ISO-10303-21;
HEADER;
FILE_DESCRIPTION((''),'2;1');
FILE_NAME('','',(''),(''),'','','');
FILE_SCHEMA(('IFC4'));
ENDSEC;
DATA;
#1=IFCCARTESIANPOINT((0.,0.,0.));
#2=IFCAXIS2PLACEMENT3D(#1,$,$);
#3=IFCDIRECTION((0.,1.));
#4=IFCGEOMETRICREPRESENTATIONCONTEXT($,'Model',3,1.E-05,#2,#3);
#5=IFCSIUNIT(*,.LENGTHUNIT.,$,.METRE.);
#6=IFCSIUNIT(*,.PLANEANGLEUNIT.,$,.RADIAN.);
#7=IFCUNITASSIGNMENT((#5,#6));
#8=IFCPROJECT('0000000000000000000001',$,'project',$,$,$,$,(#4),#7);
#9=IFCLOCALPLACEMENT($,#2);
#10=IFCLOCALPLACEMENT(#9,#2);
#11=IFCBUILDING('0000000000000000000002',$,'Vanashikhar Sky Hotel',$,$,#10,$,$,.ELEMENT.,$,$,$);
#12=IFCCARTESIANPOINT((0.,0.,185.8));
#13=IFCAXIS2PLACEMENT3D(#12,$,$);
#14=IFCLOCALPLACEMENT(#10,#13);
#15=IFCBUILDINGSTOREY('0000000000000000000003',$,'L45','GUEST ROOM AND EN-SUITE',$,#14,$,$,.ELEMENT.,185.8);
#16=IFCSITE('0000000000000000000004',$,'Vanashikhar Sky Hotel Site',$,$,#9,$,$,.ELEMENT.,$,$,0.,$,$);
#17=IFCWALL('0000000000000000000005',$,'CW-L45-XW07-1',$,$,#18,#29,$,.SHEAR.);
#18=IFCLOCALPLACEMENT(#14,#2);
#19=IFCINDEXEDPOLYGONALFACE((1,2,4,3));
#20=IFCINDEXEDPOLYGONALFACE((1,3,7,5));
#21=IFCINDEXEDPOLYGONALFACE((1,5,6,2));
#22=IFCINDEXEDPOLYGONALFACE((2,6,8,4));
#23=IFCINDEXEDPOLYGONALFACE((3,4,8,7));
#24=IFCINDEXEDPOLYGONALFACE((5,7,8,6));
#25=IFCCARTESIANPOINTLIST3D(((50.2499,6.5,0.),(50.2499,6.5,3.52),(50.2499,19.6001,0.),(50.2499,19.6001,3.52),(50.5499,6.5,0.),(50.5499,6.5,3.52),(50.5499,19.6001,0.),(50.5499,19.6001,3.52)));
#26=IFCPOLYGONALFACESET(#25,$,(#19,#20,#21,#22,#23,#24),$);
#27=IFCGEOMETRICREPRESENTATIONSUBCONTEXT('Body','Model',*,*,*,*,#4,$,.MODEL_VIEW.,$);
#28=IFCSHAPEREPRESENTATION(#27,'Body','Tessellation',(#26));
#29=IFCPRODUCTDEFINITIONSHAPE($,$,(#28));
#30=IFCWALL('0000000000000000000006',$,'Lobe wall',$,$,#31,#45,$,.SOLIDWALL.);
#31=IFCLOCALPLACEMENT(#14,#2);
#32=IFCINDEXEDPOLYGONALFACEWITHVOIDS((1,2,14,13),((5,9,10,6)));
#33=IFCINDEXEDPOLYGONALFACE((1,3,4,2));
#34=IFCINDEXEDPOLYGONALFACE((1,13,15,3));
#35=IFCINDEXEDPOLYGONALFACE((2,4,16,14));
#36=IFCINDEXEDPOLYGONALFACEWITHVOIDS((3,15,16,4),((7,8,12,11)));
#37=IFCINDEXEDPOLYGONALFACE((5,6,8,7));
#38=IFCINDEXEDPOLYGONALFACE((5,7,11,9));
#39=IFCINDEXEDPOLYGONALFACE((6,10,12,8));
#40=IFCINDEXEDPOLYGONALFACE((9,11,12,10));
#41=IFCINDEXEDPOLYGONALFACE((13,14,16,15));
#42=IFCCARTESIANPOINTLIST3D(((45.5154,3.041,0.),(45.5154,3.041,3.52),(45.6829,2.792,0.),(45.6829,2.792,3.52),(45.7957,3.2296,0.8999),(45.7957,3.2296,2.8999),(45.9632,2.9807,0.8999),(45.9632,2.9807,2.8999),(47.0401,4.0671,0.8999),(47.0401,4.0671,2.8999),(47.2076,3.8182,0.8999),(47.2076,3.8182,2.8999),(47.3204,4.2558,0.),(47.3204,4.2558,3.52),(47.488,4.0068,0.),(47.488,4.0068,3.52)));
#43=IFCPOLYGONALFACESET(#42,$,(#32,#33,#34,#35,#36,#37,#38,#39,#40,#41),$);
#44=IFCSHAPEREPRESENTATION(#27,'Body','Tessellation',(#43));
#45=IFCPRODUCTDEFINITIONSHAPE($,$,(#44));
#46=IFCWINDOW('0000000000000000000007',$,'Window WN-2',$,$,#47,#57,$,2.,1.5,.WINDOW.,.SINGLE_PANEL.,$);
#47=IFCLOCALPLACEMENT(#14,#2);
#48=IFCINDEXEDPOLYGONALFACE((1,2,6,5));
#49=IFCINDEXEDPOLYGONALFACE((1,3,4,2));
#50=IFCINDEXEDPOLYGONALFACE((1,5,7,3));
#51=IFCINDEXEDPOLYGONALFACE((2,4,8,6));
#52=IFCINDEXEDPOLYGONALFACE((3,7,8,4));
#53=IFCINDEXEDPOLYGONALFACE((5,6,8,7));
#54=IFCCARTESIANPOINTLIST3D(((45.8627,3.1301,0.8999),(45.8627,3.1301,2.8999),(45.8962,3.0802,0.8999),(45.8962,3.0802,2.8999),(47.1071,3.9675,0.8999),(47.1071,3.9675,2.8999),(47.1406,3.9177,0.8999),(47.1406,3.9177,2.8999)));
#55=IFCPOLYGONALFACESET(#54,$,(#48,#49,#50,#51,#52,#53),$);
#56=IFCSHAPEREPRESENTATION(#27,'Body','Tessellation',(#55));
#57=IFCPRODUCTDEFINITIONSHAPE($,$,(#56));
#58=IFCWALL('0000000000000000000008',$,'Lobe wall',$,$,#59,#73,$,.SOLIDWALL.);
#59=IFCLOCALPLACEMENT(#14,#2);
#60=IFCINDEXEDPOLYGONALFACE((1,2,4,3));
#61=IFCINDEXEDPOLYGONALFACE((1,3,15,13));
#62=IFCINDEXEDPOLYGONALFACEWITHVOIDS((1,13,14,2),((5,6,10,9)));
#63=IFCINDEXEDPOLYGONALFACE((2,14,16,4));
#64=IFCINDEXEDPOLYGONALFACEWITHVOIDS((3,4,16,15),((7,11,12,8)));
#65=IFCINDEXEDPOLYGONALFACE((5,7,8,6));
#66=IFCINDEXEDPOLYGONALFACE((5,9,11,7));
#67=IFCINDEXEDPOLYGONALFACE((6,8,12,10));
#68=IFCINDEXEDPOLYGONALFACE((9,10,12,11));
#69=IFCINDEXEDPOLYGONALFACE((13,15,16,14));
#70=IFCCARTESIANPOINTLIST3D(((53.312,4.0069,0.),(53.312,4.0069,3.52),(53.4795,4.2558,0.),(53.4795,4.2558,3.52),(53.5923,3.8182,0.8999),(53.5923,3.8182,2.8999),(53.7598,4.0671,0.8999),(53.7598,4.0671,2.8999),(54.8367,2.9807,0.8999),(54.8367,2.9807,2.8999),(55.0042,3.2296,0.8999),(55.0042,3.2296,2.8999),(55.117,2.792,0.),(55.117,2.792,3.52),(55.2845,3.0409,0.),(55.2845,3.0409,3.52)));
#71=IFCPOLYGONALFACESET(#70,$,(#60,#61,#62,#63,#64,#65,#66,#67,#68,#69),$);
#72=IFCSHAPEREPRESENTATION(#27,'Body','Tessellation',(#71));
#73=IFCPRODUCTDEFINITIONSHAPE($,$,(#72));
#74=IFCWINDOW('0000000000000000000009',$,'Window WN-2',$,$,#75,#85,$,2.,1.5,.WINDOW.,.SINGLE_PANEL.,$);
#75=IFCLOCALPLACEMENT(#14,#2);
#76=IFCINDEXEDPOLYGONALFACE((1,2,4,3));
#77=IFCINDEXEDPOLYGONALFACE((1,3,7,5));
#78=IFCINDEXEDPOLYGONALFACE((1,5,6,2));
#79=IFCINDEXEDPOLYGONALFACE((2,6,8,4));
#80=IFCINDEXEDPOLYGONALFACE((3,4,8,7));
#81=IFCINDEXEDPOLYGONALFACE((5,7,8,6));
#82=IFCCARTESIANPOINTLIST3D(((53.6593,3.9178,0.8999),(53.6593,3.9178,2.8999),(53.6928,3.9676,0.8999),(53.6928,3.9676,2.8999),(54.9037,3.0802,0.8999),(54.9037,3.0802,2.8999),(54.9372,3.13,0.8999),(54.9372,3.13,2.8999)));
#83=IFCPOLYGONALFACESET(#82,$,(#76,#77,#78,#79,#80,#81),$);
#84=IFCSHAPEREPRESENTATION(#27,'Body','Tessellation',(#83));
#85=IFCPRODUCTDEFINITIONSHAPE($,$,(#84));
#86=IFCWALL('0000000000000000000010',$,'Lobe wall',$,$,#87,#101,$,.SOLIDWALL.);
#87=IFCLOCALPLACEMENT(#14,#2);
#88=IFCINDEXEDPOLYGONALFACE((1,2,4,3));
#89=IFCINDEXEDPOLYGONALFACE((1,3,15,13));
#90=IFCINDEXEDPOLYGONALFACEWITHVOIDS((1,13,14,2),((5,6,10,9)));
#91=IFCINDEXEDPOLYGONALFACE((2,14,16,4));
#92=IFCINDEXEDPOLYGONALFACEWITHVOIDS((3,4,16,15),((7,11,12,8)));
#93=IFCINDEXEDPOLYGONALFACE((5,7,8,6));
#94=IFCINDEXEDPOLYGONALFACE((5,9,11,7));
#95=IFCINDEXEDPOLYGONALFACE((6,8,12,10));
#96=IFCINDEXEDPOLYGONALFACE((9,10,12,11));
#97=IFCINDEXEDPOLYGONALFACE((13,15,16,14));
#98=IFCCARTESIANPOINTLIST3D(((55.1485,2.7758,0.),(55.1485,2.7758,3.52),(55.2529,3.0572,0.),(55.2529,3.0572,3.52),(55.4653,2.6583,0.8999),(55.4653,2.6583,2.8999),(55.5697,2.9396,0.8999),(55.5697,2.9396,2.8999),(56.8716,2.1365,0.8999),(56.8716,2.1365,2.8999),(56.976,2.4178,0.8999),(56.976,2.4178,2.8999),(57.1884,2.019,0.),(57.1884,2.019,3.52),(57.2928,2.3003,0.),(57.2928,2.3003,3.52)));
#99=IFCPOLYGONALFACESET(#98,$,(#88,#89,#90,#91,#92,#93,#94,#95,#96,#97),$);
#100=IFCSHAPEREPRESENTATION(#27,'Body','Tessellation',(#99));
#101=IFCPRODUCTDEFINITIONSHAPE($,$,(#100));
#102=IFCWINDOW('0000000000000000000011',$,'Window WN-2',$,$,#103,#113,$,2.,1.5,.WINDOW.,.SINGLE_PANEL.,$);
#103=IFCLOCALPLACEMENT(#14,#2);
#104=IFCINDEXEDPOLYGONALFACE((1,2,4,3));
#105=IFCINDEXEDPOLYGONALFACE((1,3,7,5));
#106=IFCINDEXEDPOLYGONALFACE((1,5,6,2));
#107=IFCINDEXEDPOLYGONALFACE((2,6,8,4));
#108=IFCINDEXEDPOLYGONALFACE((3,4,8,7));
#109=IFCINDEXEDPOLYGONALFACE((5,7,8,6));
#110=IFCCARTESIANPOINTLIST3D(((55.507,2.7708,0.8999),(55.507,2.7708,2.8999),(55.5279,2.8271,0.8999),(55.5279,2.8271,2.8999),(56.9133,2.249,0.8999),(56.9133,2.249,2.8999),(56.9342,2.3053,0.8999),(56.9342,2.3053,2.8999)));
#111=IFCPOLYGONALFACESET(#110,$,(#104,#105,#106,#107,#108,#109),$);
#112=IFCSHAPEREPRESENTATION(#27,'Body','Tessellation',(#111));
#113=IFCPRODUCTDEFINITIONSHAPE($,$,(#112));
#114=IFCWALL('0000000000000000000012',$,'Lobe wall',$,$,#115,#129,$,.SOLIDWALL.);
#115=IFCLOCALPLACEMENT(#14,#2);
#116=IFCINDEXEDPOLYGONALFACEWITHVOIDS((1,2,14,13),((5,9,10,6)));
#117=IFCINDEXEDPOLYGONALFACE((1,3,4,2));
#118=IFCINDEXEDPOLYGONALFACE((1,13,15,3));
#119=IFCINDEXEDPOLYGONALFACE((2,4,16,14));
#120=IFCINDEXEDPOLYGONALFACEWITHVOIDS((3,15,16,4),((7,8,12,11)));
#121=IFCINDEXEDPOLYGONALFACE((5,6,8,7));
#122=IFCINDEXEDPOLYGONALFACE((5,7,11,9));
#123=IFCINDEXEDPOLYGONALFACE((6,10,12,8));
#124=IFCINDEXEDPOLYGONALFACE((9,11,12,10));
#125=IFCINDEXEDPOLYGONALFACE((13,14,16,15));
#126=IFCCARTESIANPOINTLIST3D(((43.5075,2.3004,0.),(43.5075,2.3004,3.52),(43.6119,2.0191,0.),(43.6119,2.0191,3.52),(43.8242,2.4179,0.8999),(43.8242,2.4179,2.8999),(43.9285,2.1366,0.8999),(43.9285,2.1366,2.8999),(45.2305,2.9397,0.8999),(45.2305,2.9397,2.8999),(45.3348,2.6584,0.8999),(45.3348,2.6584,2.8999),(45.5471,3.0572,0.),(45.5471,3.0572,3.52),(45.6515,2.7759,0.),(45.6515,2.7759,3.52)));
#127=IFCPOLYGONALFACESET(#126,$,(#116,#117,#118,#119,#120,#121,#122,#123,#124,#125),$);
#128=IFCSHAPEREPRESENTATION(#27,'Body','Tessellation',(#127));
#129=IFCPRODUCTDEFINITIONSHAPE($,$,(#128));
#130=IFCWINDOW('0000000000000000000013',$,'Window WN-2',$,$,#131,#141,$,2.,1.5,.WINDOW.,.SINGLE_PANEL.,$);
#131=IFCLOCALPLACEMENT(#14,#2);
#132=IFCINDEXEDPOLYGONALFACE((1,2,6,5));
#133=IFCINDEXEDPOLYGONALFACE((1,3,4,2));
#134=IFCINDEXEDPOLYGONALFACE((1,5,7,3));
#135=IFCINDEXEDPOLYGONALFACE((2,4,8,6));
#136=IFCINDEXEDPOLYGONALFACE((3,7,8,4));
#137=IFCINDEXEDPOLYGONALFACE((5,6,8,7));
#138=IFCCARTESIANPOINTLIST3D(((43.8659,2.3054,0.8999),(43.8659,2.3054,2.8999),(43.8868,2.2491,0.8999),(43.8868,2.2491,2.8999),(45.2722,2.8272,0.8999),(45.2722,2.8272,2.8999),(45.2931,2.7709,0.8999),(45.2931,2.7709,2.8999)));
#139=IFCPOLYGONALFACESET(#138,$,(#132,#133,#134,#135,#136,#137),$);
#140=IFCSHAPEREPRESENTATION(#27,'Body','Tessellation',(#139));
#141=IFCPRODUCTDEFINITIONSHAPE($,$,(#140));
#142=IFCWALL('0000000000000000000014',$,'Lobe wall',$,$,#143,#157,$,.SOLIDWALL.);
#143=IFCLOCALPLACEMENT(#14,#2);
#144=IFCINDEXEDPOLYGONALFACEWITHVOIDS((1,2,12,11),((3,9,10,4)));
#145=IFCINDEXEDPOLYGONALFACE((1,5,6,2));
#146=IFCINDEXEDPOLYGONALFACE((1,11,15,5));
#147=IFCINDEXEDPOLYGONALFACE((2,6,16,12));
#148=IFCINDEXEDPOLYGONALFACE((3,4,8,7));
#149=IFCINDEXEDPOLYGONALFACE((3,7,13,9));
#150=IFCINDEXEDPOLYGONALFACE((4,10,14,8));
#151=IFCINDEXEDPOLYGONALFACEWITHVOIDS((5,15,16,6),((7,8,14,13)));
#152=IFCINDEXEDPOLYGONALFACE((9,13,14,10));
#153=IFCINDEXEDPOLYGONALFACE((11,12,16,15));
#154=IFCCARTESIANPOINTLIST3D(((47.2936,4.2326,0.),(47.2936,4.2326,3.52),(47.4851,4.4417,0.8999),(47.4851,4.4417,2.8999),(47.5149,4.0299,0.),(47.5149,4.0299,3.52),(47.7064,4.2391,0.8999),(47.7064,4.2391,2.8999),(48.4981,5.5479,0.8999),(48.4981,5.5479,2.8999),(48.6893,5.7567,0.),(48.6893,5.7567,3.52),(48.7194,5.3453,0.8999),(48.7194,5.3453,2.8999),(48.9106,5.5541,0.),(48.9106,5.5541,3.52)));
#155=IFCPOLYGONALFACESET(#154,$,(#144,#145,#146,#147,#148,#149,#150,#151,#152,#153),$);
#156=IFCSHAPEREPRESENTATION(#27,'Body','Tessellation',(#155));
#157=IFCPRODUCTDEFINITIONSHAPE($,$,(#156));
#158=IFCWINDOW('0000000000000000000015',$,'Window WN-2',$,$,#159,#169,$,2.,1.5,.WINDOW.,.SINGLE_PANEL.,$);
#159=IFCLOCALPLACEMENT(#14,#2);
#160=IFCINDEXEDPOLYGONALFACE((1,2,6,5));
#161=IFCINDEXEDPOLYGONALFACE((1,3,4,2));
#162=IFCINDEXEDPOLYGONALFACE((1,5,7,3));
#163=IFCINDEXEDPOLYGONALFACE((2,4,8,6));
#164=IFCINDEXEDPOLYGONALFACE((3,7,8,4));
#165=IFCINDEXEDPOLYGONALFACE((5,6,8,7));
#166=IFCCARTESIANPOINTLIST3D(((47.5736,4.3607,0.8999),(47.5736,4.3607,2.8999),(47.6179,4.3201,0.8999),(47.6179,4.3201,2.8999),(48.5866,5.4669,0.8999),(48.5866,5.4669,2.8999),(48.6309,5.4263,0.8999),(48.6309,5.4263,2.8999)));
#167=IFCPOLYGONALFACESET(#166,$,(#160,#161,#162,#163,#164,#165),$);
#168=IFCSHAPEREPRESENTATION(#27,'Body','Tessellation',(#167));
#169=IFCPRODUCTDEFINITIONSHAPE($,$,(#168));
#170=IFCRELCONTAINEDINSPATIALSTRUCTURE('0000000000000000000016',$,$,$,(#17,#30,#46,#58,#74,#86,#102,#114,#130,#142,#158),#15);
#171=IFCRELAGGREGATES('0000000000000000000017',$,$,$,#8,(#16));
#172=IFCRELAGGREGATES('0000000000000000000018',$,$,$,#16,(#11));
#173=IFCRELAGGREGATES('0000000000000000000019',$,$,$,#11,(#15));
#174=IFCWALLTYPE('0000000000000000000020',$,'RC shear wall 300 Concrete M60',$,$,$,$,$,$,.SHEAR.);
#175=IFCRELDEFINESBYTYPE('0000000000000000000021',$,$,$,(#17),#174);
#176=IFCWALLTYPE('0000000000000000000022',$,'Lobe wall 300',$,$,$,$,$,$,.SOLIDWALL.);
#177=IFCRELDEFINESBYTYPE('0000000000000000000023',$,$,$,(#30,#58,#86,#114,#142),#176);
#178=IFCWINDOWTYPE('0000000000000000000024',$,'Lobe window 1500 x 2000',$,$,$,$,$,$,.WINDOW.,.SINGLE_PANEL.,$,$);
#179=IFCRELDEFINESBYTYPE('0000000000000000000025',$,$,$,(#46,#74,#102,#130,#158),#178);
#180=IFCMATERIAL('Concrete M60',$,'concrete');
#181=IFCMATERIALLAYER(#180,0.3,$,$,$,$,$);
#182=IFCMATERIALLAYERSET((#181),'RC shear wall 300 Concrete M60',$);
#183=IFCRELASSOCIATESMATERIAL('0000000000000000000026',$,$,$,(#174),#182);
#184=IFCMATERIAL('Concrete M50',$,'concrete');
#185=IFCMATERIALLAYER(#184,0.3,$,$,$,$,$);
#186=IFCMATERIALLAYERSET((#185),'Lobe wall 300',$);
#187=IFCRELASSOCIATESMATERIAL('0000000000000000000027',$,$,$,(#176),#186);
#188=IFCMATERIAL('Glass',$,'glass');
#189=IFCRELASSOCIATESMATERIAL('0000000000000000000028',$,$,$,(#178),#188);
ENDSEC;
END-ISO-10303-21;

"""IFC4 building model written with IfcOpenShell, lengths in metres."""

from ifc_helpers import new_model, si_unit, direction, frame, frame_2d, origin, place, context, subcontext, project, spatial, rectangle, extrude, source, transform, mapped, material, layer, layer_set, type_object, element, fill, save


model = new_model("IFC4")

# Units and contexts
model_context = context("Model", 3, precision=1e-05, world=origin(), true_north=direction((0.0, 1.0)))
body_context = subcontext(model_context, "Body", "Model", "MODEL_VIEW")
ifc_project = project(units=[si_unit("LENGTHUNIT", "METRE"), si_unit("PLANEANGLEUNIT", "RADIAN")], contexts=[model_context])

# Site, building, storey
site_placement = place(None, origin())
site = spatial("IfcSite", under=ifc_project, at=site_placement, Name="Vanashikhar Sky Hotel Site", CompositionType="ELEMENT", RefElevation=0.0)
building_placement = place(site_placement, origin())
building = spatial("IfcBuilding", under=site, at=building_placement, Name="Vanashikhar Sky Hotel", CompositionType="ELEMENT")
storey_placement = place(building_placement, frame((0.0, 0.0, 185.8)))
storey = spatial("IfcBuildingStorey", under=building, at=storey_placement, Name="L45", Description="GUEST ROOM AND EN-SUITE", CompositionType="ELEMENT", Elevation=185.8)

# Wall
ifc_material_1 = material(Name="Concrete M60", Category="concrete")
ifc_layer_1 = layer(ifc_material_1, 0.3)
ifc_layer_set_1 = layer_set([ifc_layer_1], Name="RC shear wall 300 Concrete M60")
wall_type_1 = type_object("IfcWallType", Name="RC shear wall 300 Concrete M60", PredefinedType="SHEAR", material=ifc_layer_set_1)
shared_shape_1 = source(origin(), body_context, "Body", "SweptSolid", [
    extrude(rectangle(XDim=13.1001, YDim=0.3, at=frame_2d((6.55, 0.0))), origin(), (0.0, 0.0, 1.0), 3.52),
])
wall_1_placement = place(storey_placement, frame((50.3999, 6.5, 0.0), z_axis=(0.0, 0.0, 1.0), x_axis=(0.0, 1.0, 0.0)))
element("IfcWall", 1, at=wall_1_placement, inside=storey, type_object=wall_type_1, Name="CW-L45-XW07-1", PredefinedType="SHEAR", context=body_context, shape_type="MappedRepresentation", body=[
    mapped(shared_shape_1, transform((0.0, 0.0, 0.0), scale=1.0)),
])

# Walls, openings, windows
ifc_material_2 = material(Name="Concrete M50", Category="concrete")
ifc_layer_2 = layer(ifc_material_2, 0.3)
ifc_layer_set_2 = layer_set([ifc_layer_2], Name="Lobe wall 300")
wall_type_2 = type_object("IfcWallType", Name="Lobe wall 300", PredefinedType="SOLIDWALL", material=ifc_layer_set_2)
shared_shape_2 = source(origin(), body_context, "Body", "SweptSolid", [
    extrude(rectangle(XDim=2.1758, YDim=0.3, at=frame_2d((1.0879, 0.0))), origin(), (0.0, 0.0, 1.0), 3.52),
])
wall_2_placement = place(storey_placement, frame((45.5991, 2.9165, 0.0), z_axis=(0.0, 0.0, 1.0), x_axis=(0.829626, 0.55832, 0.0)))
wall_2 = element("IfcWall", 2, at=wall_2_placement, inside=storey, type_object=wall_type_2, Name="Lobe wall", PredefinedType="SOLIDWALL", context=body_context, shape_type="MappedRepresentation", body=[
    mapped(shared_shape_2, transform((0.0, 0.0, 0.0), scale=1.0)),
])
shared_shape_3 = source(origin(), body_context, "Body", "SweptSolid", [
    extrude(rectangle(XDim=1.5, YDim=2.0, at=frame_2d((0.75, 1.0))), frame((0.0, 0.1602, 0.0), z_axis=(0.0, -1.0, 0.0), x_axis=(1.0, 0.0, 0.0)), (0.0, 0.0, 1.0), 0.3201),
])
opening_1_placement = place(wall_2_placement, frame((0.3379, 0.0, 0.8999)))
opening_1 = element("IfcOpeningElement", 3, at=opening_1_placement, cuts=wall_2, PredefinedType="OPENING", context=body_context, shape_type="MappedRepresentation", body=[
    mapped(shared_shape_3, transform((0.0, 0.0, 0.0), scale=1.0)),
])
ifc_material_3 = material(Name="Glass", Category="glass")
window_type = type_object("IfcWindowType", Name="Lobe window 1500 x 2000", PartitioningType="SINGLE_PANEL", PredefinedType="WINDOW", material=ifc_material_3)
shared_shape_4 = source(origin(), body_context, "Body", "SweptSolid", [
    extrude(rectangle(XDim=1.5, YDim=2.0, at=frame_2d((0.75, 1.0))), frame((0.0, 0.03, 0.0), z_axis=(0.0, -1.0, 0.0), x_axis=(1.0, 0.0, 0.0)), (0.0, 0.0, 1.0), 0.0601),
])
window_1_placement = place(opening_1_placement, origin())
window_1 = element("IfcWindow", 4, at=window_1_placement, inside=storey, type_object=window_type, Name="Window WN-2", OverallHeight=2.0, OverallWidth=1.5, PartitioningType="SINGLE_PANEL", PredefinedType="WINDOW", context=body_context, shape_type="MappedRepresentation", body=[
    mapped(shared_shape_4, transform((0.0, 0.0, 0.0), scale=1.0)),
])
fill(opening_1, window_1)
wall_3_placement = place(storey_placement, frame((53.3958, 4.1313, 0.0), z_axis=(0.0, 0.0, 1.0), x_axis=(0.829591, -0.558372, 0.0)))
wall_3 = element("IfcWall", 5, at=wall_3_placement, inside=storey, type_object=wall_type_2, Name="Lobe wall", PredefinedType="SOLIDWALL", context=body_context, shape_type="MappedRepresentation", body=[
    mapped(shared_shape_2, transform((0.0, 0.0, 0.0), scale=1.0)),
])
opening_2_placement = place(wall_3_placement, frame((0.3379, 0.0, 0.8999)))
opening_2 = element("IfcOpeningElement", 6, at=opening_2_placement, cuts=wall_3, PredefinedType="OPENING", context=body_context, shape_type="MappedRepresentation", body=[
    mapped(shared_shape_3, transform((0.0, 0.0, 0.0), scale=1.0)),
])
window_2_placement = place(opening_2_placement, origin())
window_2 = element("IfcWindow", 7, at=window_2_placement, inside=storey, type_object=window_type, Name="Window WN-2", OverallHeight=2.0, OverallWidth=1.5, PartitioningType="SINGLE_PANEL", PredefinedType="WINDOW", context=body_context, shape_type="MappedRepresentation", body=[
    mapped(shared_shape_4, transform((0.0, 0.0, 0.0), scale=1.0)),
])
fill(opening_2, window_2)
wall_4_placement = place(storey_placement, frame((55.2007, 2.9165, 0.0), z_axis=(0.0, 0.0, 1.0), x_axis=(0.937546, -0.347863, 0.0)))
wall_4 = element("IfcWall", 8, at=wall_4_placement, inside=storey, type_object=wall_type_2, Name="Lobe wall", PredefinedType="SOLIDWALL", context=body_context, shape_type="MappedRepresentation", body=[
    mapped(shared_shape_2, transform((0.0, 0.0, 0.0), scale=1.0)),
])
opening_3_placement = place(wall_4_placement, frame((0.3379, 0.0, 0.8999)))
opening_3 = element("IfcOpeningElement", 9, at=opening_3_placement, cuts=wall_4, PredefinedType="OPENING", context=body_context, shape_type="MappedRepresentation", body=[
    mapped(shared_shape_3, transform((0.0, 0.0, 0.0), scale=1.0)),
])
window_3_placement = place(opening_3_placement, origin())
window_3 = element("IfcWindow", 10, at=window_3_placement, inside=storey, type_object=window_type, Name="Window WN-2", OverallHeight=2.0, OverallWidth=1.5, PartitioningType="SINGLE_PANEL", PredefinedType="WINDOW", context=body_context, shape_type="MappedRepresentation", body=[
    mapped(shared_shape_4, transform((0.0, 0.0, 0.0), scale=1.0)),
])
fill(opening_3, window_3)
shared_shape_5 = source(origin(), body_context, "Body", "SweptSolid", [
    extrude(rectangle(XDim=2.1755, YDim=0.3, at=frame_2d((1.0879, 0.0))), origin(), (0.0, 0.0, 1.0), 3.52),
])
wall_5_placement = place(storey_placement, frame((43.5596, 2.1597, 0.0), z_axis=(0.0, 0.0, 1.0), x_axis=(0.937532, 0.347899, 0.0)))
wall_5 = element("IfcWall", 11, at=wall_5_placement, inside=storey, type_object=wall_type_2, Name="Lobe wall", PredefinedType="SOLIDWALL", context=body_context, shape_type="MappedRepresentation", body=[
    mapped(shared_shape_5, transform((0.0, 0.0, 0.0), scale=1.0)),
])
opening_4_placement = place(wall_5_placement, frame((0.3379, 0.0, 0.8999)))
opening_4 = element("IfcOpeningElement", 12, at=opening_4_placement, cuts=wall_5, PredefinedType="OPENING", context=body_context, shape_type="MappedRepresentation", body=[
    mapped(shared_shape_3, transform((0.0, 0.0, 0.0), scale=1.0)),
])
window_4_placement = place(opening_4_placement, origin())
window_4 = element("IfcWindow", 13, at=window_4_placement, inside=storey, type_object=window_type, Name="Window WN-2", OverallHeight=2.0, OverallWidth=1.5, PartitioningType="SINGLE_PANEL", PredefinedType="WINDOW", context=body_context, shape_type="MappedRepresentation", body=[
    mapped(shared_shape_4, transform((0.0, 0.0, 0.0), scale=1.0)),
])
fill(opening_4, window_4)
shared_shape_6 = source(origin(), body_context, "Body", "SweptSolid", [
    extrude(rectangle(XDim=2.0667, YDim=0.3, at=frame_2d((1.0332, 0.0))), origin(), (0.0, 0.0, 1.0), 3.52),
])
wall_6_placement = place(storey_placement, frame((47.4043, 4.1313, 0.0), z_axis=(0.0, 0.0, 1.0), x_axis=(0.675355, 0.737492, 0.0)))
wall_6 = element("IfcWall", 14, at=wall_6_placement, inside=storey, type_object=wall_type_2, Name="Lobe wall", PredefinedType="SOLIDWALL", context=body_context, shape_type="MappedRepresentation", body=[
    mapped(shared_shape_6, transform((0.0, 0.0, 0.0), scale=1.0)),
])
opening_5_placement = place(wall_6_placement, frame((0.2834, 0.0, 0.8999)))
opening_5 = element("IfcOpeningElement", 15, at=opening_5_placement, cuts=wall_6, PredefinedType="OPENING", context=body_context, shape_type="MappedRepresentation", body=[
    mapped(shared_shape_3, transform((0.0, 0.0, 0.0), scale=1.0)),
])
window_5_placement = place(opening_5_placement, origin())
window_5 = element("IfcWindow", 16, at=window_5_placement, inside=storey, type_object=window_type, Name="Window WN-2", OverallHeight=2.0, OverallWidth=1.5, PartitioningType="SINGLE_PANEL", PredefinedType="WINDOW", context=body_context, shape_type="MappedRepresentation", body=[
    mapped(shared_shape_4, transform((0.0, 0.0, 0.0), scale=1.0)),
])
fill(opening_5, window_5)

save(model, "model.ifc")
